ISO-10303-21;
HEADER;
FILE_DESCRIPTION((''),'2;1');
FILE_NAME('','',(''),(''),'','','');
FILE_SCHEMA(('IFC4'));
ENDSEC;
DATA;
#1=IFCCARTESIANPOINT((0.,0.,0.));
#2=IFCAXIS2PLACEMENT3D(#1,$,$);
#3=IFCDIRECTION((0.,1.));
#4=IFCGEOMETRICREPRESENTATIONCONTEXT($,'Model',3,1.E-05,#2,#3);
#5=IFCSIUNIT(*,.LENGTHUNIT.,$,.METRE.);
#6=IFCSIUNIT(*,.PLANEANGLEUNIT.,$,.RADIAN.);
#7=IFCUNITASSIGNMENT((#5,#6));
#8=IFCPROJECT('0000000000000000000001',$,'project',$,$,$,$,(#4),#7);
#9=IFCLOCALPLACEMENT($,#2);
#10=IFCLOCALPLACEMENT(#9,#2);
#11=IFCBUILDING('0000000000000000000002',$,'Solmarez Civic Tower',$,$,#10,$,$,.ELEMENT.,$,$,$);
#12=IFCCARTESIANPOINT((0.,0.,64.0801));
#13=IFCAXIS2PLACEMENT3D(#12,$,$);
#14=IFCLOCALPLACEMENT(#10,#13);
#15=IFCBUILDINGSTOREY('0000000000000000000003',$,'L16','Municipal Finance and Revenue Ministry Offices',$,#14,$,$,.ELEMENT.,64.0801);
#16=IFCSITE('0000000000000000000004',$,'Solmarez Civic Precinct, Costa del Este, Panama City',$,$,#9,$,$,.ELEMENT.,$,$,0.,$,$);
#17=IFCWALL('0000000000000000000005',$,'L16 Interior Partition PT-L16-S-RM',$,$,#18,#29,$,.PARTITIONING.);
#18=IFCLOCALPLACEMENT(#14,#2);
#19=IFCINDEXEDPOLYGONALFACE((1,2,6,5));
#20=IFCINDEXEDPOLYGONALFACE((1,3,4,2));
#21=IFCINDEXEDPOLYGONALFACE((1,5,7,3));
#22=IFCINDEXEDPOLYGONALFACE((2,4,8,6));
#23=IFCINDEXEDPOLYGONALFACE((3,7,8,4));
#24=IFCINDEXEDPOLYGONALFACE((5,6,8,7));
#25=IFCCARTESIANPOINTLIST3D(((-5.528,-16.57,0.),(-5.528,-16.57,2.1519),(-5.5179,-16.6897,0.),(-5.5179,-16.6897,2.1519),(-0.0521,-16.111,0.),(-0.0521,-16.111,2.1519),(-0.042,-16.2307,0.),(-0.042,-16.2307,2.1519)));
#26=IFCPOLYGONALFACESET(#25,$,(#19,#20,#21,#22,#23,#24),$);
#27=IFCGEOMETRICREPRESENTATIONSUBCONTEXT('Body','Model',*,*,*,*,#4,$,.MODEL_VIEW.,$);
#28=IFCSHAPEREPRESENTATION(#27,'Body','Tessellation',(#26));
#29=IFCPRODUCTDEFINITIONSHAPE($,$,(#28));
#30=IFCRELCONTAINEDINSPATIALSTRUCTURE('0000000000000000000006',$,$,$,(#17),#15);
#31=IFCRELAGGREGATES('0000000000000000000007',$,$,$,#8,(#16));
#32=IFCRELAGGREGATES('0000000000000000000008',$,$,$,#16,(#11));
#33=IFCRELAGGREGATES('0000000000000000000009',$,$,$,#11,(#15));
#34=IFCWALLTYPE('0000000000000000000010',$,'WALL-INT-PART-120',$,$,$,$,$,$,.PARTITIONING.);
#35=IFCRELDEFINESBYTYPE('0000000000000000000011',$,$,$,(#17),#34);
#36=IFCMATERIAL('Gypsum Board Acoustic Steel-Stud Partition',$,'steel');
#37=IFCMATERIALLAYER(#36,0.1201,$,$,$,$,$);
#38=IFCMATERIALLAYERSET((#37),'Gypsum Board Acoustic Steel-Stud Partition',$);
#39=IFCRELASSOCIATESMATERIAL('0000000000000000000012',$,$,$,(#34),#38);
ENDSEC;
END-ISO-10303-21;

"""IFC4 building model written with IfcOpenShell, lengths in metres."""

from ifc_helpers import new_model, si_unit, direction, frame, frame_2d, origin, place, context, subcontext, project, spatial, rectangle, extrude, material, layer, layer_set, type_object, element, save


model = new_model("IFC4")

# Units and contexts
model_context = context("Model", 3, precision=1e-05, world=origin(), true_north=direction((0.0, 1.0)))
body_context = subcontext(model_context, "Body", "Model", "MODEL_VIEW")
ifc_project = project(units=[si_unit("LENGTHUNIT", "METRE"), si_unit("PLANEANGLEUNIT", "RADIAN")], contexts=[model_context])

# Site, building, storey
site_placement = place(None, origin())
site = spatial("IfcSite", under=ifc_project, at=site_placement, Name="Solmarez Civic Precinct, Costa del Este, Panama City", CompositionType="ELEMENT", RefElevation=0.0)
building_placement = place(site_placement, origin())
building = spatial("IfcBuilding", under=site, at=building_placement, Name="Solmarez Civic Tower", CompositionType="ELEMENT")
storey_placement = place(building_placement, frame((0.0, 0.0, 64.0801)))
storey = spatial("IfcBuildingStorey", under=building, at=storey_placement, Name="L16", Description="Municipal Finance and Revenue Ministry Offices", CompositionType="ELEMENT", Elevation=64.0801)

# Wall
ifc_material_1 = material(Name="Gypsum Board Acoustic Steel-Stud Partition", Category="steel")
ifc_layer_1 = layer(ifc_material_1, 0.1201)
ifc_layer_set_1 = layer_set([ifc_layer_1], Name="Gypsum Board Acoustic Steel-Stud Partition")
wall_type_1 = type_object("IfcWallType", Name="WALL-INT-PART-120", PredefinedType="PARTITIONING", material=ifc_layer_set_1)
wall_1_placement = place(storey_placement, frame((-5.5229, -16.6299, 0.0), z_axis=(0.0, 0.0, 1.0), x_axis=(0.996506, 0.083527, 0.0)))
element("IfcWall", 1, at=wall_1_placement, inside=storey, type_object=wall_type_1, Name="L16 Interior Partition PT-L16-S-RM", PredefinedType="PARTITIONING", context=body_context, shape_type="SweptSolid", body=[
    extrude(rectangle(XDim=5.4951, YDim=0.1201, at=frame_2d((2.7476, 0.0))), origin(), (0.0, 0.0, 1.0), 2.1519),
])

save(model, "model.ifc")
